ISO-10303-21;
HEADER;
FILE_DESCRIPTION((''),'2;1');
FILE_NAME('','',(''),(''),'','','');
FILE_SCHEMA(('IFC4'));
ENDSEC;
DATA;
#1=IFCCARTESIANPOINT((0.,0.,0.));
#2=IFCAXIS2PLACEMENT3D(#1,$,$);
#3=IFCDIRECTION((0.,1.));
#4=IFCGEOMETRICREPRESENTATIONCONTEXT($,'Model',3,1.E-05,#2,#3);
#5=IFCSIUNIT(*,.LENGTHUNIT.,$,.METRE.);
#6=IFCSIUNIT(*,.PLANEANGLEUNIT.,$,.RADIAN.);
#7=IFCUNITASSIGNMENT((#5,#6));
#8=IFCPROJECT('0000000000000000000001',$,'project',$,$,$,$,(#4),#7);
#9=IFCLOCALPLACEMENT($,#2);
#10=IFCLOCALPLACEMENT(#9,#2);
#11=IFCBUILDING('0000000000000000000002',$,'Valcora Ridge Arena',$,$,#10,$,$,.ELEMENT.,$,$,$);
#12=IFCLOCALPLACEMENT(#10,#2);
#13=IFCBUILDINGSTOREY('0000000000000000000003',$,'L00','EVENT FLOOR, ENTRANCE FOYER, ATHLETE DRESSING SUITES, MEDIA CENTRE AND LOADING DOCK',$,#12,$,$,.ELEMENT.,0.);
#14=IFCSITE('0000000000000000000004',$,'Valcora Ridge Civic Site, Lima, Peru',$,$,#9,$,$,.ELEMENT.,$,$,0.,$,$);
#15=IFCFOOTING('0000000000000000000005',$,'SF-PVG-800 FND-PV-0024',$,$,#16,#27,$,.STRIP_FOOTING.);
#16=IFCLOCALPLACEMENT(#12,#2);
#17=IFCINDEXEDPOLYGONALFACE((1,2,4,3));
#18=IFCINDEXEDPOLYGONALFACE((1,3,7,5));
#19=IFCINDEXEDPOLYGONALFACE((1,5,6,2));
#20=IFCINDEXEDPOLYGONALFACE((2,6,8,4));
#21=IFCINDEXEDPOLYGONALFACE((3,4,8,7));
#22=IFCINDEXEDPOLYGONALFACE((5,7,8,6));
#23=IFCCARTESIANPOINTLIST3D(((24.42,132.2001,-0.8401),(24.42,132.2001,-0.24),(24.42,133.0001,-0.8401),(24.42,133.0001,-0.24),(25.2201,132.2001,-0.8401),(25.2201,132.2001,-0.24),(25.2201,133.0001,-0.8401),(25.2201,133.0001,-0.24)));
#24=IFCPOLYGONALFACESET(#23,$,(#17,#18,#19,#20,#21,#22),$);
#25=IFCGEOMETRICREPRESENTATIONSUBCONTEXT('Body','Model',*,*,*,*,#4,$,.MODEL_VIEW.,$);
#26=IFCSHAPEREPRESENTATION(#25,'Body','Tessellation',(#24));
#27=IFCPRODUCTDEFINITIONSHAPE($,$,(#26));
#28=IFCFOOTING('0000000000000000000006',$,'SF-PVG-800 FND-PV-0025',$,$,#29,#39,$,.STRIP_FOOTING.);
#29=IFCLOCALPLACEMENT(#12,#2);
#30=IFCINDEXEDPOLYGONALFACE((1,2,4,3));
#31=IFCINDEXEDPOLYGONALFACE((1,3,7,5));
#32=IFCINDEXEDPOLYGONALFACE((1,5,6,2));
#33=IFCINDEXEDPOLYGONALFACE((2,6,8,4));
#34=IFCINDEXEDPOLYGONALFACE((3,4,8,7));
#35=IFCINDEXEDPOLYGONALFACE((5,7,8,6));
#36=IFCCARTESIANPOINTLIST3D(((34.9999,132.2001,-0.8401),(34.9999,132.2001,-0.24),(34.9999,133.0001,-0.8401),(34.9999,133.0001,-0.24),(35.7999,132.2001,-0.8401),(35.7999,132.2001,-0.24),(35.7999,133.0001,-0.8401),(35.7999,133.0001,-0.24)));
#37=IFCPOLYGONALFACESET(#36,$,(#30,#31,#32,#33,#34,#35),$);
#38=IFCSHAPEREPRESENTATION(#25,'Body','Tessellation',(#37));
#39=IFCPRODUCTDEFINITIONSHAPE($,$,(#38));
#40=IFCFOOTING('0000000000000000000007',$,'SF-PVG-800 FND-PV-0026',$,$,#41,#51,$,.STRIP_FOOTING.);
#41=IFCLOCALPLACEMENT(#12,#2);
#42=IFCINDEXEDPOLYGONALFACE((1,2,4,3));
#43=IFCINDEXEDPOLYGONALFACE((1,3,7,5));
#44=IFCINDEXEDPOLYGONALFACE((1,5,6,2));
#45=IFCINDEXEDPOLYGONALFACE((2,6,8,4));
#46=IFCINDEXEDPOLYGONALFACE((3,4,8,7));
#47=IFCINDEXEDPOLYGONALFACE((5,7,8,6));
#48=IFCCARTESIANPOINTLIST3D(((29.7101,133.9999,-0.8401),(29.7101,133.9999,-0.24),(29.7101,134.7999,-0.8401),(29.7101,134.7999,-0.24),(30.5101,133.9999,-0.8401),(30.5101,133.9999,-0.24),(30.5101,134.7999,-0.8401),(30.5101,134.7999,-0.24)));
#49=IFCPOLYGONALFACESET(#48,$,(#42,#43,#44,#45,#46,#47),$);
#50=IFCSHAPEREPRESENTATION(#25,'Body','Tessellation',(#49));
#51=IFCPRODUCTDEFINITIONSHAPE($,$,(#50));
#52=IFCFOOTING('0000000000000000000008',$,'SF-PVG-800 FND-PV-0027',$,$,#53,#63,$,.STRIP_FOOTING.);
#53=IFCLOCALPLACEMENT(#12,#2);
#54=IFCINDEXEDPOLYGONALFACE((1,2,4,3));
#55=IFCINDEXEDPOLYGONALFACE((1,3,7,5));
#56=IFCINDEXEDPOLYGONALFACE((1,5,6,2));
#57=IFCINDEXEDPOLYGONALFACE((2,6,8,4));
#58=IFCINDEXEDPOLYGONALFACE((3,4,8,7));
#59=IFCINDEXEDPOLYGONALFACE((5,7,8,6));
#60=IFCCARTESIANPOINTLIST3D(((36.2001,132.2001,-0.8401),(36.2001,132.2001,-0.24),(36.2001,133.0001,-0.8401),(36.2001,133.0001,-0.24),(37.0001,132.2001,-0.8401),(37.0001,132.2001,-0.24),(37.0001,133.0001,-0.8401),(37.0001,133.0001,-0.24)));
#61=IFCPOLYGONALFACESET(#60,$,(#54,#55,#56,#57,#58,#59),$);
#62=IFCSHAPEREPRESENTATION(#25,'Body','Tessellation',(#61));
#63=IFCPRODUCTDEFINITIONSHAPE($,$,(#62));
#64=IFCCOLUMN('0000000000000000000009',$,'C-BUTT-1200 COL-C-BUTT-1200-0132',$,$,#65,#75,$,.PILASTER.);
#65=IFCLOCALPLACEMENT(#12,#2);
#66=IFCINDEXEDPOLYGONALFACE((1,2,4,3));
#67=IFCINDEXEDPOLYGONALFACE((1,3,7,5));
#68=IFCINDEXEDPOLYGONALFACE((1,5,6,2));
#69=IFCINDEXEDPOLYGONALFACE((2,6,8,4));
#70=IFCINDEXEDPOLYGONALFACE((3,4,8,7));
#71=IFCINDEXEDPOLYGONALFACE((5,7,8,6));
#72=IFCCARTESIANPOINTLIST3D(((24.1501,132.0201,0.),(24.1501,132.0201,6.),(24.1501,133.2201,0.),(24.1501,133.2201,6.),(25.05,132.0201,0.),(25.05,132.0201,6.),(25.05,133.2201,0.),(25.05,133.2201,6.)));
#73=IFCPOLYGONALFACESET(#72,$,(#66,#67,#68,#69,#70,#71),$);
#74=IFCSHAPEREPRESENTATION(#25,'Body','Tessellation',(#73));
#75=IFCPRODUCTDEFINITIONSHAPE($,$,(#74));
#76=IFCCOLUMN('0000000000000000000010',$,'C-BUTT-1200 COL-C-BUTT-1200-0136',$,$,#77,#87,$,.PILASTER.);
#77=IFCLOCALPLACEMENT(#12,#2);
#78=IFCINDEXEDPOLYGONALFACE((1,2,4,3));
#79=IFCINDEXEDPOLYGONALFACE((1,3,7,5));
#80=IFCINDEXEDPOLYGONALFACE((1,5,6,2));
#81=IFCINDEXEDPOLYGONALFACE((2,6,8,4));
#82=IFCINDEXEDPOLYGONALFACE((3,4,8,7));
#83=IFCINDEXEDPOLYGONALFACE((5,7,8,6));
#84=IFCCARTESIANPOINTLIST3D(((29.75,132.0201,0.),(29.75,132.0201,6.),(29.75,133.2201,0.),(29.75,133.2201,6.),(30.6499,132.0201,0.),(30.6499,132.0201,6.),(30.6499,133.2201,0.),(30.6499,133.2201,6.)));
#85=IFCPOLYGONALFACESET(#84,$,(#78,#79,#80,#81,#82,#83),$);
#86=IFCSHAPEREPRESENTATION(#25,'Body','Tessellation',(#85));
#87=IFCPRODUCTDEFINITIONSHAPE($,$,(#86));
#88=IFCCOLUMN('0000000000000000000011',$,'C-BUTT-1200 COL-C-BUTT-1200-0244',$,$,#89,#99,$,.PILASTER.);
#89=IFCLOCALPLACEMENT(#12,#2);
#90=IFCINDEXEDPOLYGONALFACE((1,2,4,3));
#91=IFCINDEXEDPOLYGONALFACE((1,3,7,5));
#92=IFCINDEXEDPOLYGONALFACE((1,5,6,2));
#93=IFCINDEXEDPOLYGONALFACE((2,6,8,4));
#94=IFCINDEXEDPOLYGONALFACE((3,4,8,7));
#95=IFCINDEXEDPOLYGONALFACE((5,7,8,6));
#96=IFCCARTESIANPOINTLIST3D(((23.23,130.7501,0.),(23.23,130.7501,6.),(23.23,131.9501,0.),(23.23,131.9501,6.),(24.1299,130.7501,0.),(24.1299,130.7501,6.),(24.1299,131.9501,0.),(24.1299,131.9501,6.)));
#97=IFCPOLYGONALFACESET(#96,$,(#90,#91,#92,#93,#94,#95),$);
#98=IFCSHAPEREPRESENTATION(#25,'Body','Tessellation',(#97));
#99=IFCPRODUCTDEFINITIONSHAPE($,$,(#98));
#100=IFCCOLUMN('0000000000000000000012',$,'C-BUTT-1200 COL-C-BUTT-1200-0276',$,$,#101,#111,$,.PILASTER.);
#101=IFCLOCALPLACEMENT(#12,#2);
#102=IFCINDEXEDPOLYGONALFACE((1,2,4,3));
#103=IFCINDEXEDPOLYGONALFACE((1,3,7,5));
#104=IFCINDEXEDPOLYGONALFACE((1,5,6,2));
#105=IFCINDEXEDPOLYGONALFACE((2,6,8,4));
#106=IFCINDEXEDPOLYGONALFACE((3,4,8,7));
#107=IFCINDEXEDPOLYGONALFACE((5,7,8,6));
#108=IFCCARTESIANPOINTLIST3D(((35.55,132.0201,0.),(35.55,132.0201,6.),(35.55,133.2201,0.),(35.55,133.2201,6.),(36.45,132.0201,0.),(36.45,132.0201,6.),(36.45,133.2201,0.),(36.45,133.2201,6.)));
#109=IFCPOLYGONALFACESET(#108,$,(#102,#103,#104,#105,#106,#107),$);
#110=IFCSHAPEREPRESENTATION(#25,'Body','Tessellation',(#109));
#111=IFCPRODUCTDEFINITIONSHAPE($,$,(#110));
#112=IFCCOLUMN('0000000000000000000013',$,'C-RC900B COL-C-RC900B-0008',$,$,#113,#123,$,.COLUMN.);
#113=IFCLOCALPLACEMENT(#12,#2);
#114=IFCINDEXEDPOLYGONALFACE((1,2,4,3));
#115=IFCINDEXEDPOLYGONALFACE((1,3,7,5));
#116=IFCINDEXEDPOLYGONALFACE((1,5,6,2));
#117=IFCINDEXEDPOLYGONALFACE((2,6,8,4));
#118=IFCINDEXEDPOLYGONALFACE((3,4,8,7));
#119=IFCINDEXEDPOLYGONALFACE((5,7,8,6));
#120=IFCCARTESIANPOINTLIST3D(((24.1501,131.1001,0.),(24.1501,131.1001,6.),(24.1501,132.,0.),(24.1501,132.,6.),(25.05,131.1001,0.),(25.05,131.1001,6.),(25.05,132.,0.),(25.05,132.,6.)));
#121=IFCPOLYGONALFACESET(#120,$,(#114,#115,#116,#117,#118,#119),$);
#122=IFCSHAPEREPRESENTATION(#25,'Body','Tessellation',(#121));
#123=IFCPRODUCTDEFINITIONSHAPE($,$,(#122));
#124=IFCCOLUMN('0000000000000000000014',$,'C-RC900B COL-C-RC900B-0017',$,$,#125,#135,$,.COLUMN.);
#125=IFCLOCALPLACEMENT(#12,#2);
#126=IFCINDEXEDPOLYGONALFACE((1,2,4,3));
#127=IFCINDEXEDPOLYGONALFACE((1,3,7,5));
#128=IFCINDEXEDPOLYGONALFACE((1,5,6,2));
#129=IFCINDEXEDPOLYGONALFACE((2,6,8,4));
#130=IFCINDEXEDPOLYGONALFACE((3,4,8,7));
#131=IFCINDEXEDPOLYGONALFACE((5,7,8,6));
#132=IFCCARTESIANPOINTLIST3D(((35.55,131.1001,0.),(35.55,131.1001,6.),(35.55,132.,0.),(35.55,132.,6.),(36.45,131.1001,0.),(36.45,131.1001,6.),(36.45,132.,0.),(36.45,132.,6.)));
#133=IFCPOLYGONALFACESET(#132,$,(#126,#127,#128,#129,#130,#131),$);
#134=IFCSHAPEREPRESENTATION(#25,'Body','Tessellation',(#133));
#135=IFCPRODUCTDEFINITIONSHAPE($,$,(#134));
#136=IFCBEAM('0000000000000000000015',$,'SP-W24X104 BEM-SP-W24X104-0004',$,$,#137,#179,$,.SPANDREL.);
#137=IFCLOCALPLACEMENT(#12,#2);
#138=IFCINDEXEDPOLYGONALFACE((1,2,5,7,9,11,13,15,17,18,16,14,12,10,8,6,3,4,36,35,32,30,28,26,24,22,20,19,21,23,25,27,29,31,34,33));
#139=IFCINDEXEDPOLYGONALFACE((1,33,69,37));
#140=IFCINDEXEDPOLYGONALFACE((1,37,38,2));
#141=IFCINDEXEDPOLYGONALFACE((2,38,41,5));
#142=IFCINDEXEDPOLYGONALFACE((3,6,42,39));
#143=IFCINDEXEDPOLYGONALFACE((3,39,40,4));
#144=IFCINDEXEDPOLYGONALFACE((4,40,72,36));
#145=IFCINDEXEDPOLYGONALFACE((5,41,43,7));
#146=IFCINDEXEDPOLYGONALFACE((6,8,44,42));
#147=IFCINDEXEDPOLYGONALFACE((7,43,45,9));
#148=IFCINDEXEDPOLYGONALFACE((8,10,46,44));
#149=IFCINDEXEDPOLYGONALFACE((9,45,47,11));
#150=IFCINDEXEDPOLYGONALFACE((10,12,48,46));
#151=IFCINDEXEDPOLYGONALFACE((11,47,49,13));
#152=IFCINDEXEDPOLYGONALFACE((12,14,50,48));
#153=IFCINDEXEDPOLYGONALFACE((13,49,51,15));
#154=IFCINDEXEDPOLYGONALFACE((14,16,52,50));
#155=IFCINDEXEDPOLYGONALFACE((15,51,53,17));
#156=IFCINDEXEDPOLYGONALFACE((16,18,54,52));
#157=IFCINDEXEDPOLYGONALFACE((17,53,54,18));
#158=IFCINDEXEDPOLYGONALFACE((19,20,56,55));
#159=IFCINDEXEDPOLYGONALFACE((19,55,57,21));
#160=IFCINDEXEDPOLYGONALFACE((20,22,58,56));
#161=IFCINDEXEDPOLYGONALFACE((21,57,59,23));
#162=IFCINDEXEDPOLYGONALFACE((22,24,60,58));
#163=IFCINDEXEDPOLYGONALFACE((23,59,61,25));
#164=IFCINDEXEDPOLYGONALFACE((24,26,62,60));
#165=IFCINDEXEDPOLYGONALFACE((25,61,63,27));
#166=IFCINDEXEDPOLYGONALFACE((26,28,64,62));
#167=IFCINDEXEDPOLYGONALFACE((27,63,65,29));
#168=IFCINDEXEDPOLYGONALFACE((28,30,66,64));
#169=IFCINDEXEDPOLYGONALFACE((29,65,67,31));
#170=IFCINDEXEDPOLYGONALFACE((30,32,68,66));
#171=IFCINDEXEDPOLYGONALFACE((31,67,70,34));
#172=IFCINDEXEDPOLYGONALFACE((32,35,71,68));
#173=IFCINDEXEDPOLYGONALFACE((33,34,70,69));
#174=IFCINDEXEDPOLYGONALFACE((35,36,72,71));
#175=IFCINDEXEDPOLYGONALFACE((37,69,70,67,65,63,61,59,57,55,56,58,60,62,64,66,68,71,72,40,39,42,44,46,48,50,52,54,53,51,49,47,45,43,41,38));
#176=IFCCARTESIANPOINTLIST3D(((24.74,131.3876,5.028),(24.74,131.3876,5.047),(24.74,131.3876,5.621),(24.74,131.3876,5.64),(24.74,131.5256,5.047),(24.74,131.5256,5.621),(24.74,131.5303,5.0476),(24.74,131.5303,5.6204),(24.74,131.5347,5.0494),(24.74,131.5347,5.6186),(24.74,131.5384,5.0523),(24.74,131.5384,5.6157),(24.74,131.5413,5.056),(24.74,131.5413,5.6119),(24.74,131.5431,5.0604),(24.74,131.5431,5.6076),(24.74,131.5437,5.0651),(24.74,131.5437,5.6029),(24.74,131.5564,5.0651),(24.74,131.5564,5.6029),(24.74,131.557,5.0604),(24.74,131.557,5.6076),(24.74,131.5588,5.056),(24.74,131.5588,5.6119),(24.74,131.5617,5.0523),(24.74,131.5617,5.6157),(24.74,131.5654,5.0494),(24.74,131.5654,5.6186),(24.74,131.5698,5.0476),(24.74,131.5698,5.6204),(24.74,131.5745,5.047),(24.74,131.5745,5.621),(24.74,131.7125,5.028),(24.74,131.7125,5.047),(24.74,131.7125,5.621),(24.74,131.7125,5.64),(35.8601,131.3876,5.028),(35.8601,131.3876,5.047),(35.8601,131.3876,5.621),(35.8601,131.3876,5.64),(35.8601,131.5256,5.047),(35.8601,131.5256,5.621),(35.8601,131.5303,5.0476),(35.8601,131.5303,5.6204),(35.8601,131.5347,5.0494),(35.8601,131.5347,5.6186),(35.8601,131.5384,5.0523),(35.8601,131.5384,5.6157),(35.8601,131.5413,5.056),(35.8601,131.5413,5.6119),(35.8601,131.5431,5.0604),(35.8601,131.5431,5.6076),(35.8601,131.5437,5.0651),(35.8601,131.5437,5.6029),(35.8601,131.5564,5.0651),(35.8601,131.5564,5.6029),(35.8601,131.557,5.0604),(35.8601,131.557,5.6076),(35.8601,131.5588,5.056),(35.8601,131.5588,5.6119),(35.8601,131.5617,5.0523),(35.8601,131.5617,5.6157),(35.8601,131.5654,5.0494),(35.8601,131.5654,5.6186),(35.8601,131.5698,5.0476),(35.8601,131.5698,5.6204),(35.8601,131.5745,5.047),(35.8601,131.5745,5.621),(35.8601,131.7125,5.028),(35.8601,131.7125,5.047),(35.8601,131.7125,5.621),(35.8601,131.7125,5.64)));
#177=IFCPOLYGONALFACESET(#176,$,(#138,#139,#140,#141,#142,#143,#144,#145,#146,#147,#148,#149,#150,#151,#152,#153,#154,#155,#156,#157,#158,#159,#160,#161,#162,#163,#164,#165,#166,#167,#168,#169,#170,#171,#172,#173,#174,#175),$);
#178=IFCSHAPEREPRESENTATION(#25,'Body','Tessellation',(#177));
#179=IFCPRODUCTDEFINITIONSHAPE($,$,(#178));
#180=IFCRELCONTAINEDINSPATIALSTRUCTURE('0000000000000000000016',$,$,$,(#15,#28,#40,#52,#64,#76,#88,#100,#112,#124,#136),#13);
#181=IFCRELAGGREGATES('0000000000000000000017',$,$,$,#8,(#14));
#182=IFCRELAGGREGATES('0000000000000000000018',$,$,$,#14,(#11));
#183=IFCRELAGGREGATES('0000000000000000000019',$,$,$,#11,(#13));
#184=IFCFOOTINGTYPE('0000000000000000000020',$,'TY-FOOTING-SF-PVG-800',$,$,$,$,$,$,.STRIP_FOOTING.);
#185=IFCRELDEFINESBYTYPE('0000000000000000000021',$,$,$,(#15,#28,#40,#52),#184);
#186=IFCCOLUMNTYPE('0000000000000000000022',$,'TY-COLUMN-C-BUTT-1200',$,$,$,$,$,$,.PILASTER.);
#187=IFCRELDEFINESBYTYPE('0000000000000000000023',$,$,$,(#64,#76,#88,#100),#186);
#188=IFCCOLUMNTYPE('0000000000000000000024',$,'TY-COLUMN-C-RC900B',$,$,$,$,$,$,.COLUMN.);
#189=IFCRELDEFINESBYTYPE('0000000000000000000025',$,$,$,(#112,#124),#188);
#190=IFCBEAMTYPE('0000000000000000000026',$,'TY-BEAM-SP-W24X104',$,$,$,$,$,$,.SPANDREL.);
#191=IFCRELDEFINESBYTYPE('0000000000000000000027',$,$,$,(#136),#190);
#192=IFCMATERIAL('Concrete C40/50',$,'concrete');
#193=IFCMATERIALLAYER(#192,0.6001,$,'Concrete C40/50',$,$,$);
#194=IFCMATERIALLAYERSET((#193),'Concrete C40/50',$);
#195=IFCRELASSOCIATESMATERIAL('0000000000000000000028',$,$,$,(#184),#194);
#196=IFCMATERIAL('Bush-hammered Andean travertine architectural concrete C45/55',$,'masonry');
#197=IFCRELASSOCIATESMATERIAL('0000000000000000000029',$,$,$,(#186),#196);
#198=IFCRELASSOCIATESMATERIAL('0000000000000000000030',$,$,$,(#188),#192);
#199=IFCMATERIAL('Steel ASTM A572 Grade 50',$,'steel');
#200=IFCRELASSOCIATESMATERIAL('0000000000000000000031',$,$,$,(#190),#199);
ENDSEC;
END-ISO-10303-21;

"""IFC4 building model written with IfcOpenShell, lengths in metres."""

from ifc_helpers import new_model, si_unit, direction, frame, origin, origin_2d, place, context, subcontext, project, spatial, rectangle, i_section, extrude, material, layer, layer_set, material_profile, profile_set, type_object, element, save


model = new_model("IFC4")

# Units and contexts
model_context = context("Model", 3, precision=1e-05, world=origin(), true_north=direction((0.0, 1.0)))
body_context = subcontext(model_context, "Body", "Model", "MODEL_VIEW")
ifc_project = project(units=[si_unit("LENGTHUNIT", "METRE"), si_unit("PLANEANGLEUNIT", "RADIAN")], contexts=[model_context])

# Site, building, storey
site_placement = place(None, origin())
site = spatial("IfcSite", under=ifc_project, at=site_placement, Name="Valcora Ridge Civic Site, Lima, Peru", CompositionType="ELEMENT", RefElevation=0.0)
building_placement = place(site_placement, origin())
building = spatial("IfcBuilding", under=site, at=building_placement, Name="Valcora Ridge Arena", CompositionType="ELEMENT")
storey_placement = place(building_placement, origin())
storey = spatial("IfcBuildingStorey", under=building, at=storey_placement, Name="L00", Description="EVENT FLOOR, ENTRANCE FOYER, ATHLETE DRESSING SUITES, MEDIA CENTRE AND LOADING DOCK", CompositionType="ELEMENT", Elevation=0.0)

# Footings
ifc_material_1 = material(Name="Concrete C40/50", Category="concrete")
ifc_layer_1 = layer(ifc_material_1, 0.6001, Name="Concrete C40/50")
ifc_layer_set_1 = layer_set([ifc_layer_1], Name="Concrete C40/50")
footing_type = type_object("IfcFootingType", Name="TY-FOOTING-SF-PVG-800", PredefinedType="STRIP_FOOTING", material=ifc_layer_set_1)
for number, where, z_axis, x_axis, name in (
    (1, (24.8201, 132.6001, -0.8401), (0.0, 0.0, 1.0), (1.0, 0.0, 0.0), "SF-PVG-800 FND-PV-0024"),
    (2, (35.3999, 132.6001, -0.8401), (0.0, 0.0, 1.0), (1.0, 0.0, 0.0), "SF-PVG-800 FND-PV-0025"),
    (3, (30.1101, 134.3999, -0.8401), (0.0, 0.0, 1.0), (1.0, 0.0, 0.0), "SF-PVG-800 FND-PV-0026"),
    (4, (36.6001, 132.6001, -0.8401), (0.0, 0.0, 1.0), (1.0, 0.0, 0.0), "SF-PVG-800 FND-PV-0027"),
):
    element("IfcFooting", number, at=place(storey_placement, frame(where, z_axis=z_axis, x_axis=x_axis)), inside=storey, type_object=footing_type, Name=name, PredefinedType="STRIP_FOOTING", context=body_context, shape_type="SweptSolid", body=[
        extrude(rectangle(XDim=0.8, YDim=0.8, at=origin_2d()), origin(), (0.0, 0.0, 1.0), 0.6001),
    ])

# Columns
ifc_material_2 = material(Name="Bush-hammered Andean travertine architectural concrete C45/55", Category="masonry")
ifc_material_profile_1 = material_profile(ifc_material_2, rectangle(XDim=0.8999, YDim=1.2, at=origin_2d()), Name="RC 900x1200")
ifc_profile_set_1 = profile_set([ifc_material_profile_1], Name="Bush-hammered Andean travertine architectural concrete C45/55")
column_type_1 = type_object("IfcColumnType", Name="TY-COLUMN-C-BUTT-1200", PredefinedType="PILASTER", material=ifc_profile_set_1)
for number, where, z_axis, x_axis, name in (
    (5, (24.6001, 132.6201, 0.0), (0.0, 0.0, 1.0), (1.0, 0.0, 0.0), "C-BUTT-1200 COL-C-BUTT-1200-0132"),
    (6, (30.2, 132.6201, 0.0), (0.0, 0.0, 1.0), (1.0, 0.0, 0.0), "C-BUTT-1200 COL-C-BUTT-1200-0136"),
    (7, (23.6799, 131.3501, 0.0), (0.0, 0.0, 1.0), (1.0, 0.0, 0.0), "C-BUTT-1200 COL-C-BUTT-1200-0244"),
    (8, (36.0, 132.6201, 0.0), (0.0, 0.0, 1.0), (1.0, 0.0, 0.0), "C-BUTT-1200 COL-C-BUTT-1200-0276"),
):
    element("IfcColumn", number, at=place(storey_placement, frame(where, z_axis=z_axis, x_axis=x_axis)), inside=storey, type_object=column_type_1, Name=name, PredefinedType="PILASTER", context=body_context, shape_type="SweptSolid", body=[
        extrude(rectangle(XDim=0.8999, YDim=1.2, at=origin_2d()), origin(), (0.0, 0.0, 1.0), 6.0),
    ])
ifc_material_profile_2 = material_profile(ifc_material_1, rectangle(XDim=0.8999, YDim=0.8999, at=origin_2d()), Name="RC 900x900")
ifc_profile_set_2 = profile_set([ifc_material_profile_2], Name="Concrete C40/50")
column_type_2 = type_object("IfcColumnType", Name="TY-COLUMN-C-RC900B", PredefinedType="COLUMN", material=ifc_profile_set_2)
for number, where, z_axis, x_axis, name in (
    (9, (24.6001, 131.55, 0.0), (0.0, 0.0, 1.0), (1.0, 0.0, 0.0), "C-RC900B COL-C-RC900B-0008"),
    (10, (36.0, 131.55, 0.0), (0.0, 0.0, 1.0), (1.0, 0.0, 0.0), "C-RC900B COL-C-RC900B-0017"),
):
    element("IfcColumn", number, at=place(storey_placement, frame(where, z_axis=z_axis, x_axis=x_axis)), inside=storey, type_object=column_type_2, Name=name, PredefinedType="COLUMN", context=body_context, shape_type="SweptSolid", body=[
        extrude(rectangle(XDim=0.8999, YDim=0.8999, at=origin_2d()), origin(), (0.0, 0.0, 1.0), 6.0),
    ])

# Beam
ifc_material_3 = material(Name="Steel ASTM A572 Grade 50", Category="steel")
ifc_material_profile_3 = material_profile(ifc_material_3, i_section(OverallWidth=0.325, OverallDepth=0.6121, WebThickness=0.0127, FlangeThickness=0.019, FilletRadius=0.0181, at=origin_2d()), Name="W24X104")
ifc_profile_set_3 = profile_set([ifc_material_profile_3], Name="Steel ASTM A572 Grade 50")
beam_type = type_object("IfcBeamType", Name="TY-BEAM-SP-W24X104", PredefinedType="SPANDREL", material=ifc_profile_set_3)
beam_1_placement = place(storey_placement, frame((24.74, 131.55, 5.334), z_axis=(1.0, 0.0, 0.0), x_axis=(0.0, 1.0, 0.0)))
element("IfcBeam", 11, at=beam_1_placement, inside=storey, type_object=beam_type, Name="SP-W24X104 BEM-SP-W24X104-0004", PredefinedType="SPANDREL", context=body_context, shape_type="SweptSolid", body=[
    extrude(i_section(OverallWidth=0.325, OverallDepth=0.6121, WebThickness=0.0127, FlangeThickness=0.019, FilletRadius=0.0181, at=origin_2d()), origin(), (0.0, 0.0, 1.0), 11.1201),
])

save(model, "model.ifc")
